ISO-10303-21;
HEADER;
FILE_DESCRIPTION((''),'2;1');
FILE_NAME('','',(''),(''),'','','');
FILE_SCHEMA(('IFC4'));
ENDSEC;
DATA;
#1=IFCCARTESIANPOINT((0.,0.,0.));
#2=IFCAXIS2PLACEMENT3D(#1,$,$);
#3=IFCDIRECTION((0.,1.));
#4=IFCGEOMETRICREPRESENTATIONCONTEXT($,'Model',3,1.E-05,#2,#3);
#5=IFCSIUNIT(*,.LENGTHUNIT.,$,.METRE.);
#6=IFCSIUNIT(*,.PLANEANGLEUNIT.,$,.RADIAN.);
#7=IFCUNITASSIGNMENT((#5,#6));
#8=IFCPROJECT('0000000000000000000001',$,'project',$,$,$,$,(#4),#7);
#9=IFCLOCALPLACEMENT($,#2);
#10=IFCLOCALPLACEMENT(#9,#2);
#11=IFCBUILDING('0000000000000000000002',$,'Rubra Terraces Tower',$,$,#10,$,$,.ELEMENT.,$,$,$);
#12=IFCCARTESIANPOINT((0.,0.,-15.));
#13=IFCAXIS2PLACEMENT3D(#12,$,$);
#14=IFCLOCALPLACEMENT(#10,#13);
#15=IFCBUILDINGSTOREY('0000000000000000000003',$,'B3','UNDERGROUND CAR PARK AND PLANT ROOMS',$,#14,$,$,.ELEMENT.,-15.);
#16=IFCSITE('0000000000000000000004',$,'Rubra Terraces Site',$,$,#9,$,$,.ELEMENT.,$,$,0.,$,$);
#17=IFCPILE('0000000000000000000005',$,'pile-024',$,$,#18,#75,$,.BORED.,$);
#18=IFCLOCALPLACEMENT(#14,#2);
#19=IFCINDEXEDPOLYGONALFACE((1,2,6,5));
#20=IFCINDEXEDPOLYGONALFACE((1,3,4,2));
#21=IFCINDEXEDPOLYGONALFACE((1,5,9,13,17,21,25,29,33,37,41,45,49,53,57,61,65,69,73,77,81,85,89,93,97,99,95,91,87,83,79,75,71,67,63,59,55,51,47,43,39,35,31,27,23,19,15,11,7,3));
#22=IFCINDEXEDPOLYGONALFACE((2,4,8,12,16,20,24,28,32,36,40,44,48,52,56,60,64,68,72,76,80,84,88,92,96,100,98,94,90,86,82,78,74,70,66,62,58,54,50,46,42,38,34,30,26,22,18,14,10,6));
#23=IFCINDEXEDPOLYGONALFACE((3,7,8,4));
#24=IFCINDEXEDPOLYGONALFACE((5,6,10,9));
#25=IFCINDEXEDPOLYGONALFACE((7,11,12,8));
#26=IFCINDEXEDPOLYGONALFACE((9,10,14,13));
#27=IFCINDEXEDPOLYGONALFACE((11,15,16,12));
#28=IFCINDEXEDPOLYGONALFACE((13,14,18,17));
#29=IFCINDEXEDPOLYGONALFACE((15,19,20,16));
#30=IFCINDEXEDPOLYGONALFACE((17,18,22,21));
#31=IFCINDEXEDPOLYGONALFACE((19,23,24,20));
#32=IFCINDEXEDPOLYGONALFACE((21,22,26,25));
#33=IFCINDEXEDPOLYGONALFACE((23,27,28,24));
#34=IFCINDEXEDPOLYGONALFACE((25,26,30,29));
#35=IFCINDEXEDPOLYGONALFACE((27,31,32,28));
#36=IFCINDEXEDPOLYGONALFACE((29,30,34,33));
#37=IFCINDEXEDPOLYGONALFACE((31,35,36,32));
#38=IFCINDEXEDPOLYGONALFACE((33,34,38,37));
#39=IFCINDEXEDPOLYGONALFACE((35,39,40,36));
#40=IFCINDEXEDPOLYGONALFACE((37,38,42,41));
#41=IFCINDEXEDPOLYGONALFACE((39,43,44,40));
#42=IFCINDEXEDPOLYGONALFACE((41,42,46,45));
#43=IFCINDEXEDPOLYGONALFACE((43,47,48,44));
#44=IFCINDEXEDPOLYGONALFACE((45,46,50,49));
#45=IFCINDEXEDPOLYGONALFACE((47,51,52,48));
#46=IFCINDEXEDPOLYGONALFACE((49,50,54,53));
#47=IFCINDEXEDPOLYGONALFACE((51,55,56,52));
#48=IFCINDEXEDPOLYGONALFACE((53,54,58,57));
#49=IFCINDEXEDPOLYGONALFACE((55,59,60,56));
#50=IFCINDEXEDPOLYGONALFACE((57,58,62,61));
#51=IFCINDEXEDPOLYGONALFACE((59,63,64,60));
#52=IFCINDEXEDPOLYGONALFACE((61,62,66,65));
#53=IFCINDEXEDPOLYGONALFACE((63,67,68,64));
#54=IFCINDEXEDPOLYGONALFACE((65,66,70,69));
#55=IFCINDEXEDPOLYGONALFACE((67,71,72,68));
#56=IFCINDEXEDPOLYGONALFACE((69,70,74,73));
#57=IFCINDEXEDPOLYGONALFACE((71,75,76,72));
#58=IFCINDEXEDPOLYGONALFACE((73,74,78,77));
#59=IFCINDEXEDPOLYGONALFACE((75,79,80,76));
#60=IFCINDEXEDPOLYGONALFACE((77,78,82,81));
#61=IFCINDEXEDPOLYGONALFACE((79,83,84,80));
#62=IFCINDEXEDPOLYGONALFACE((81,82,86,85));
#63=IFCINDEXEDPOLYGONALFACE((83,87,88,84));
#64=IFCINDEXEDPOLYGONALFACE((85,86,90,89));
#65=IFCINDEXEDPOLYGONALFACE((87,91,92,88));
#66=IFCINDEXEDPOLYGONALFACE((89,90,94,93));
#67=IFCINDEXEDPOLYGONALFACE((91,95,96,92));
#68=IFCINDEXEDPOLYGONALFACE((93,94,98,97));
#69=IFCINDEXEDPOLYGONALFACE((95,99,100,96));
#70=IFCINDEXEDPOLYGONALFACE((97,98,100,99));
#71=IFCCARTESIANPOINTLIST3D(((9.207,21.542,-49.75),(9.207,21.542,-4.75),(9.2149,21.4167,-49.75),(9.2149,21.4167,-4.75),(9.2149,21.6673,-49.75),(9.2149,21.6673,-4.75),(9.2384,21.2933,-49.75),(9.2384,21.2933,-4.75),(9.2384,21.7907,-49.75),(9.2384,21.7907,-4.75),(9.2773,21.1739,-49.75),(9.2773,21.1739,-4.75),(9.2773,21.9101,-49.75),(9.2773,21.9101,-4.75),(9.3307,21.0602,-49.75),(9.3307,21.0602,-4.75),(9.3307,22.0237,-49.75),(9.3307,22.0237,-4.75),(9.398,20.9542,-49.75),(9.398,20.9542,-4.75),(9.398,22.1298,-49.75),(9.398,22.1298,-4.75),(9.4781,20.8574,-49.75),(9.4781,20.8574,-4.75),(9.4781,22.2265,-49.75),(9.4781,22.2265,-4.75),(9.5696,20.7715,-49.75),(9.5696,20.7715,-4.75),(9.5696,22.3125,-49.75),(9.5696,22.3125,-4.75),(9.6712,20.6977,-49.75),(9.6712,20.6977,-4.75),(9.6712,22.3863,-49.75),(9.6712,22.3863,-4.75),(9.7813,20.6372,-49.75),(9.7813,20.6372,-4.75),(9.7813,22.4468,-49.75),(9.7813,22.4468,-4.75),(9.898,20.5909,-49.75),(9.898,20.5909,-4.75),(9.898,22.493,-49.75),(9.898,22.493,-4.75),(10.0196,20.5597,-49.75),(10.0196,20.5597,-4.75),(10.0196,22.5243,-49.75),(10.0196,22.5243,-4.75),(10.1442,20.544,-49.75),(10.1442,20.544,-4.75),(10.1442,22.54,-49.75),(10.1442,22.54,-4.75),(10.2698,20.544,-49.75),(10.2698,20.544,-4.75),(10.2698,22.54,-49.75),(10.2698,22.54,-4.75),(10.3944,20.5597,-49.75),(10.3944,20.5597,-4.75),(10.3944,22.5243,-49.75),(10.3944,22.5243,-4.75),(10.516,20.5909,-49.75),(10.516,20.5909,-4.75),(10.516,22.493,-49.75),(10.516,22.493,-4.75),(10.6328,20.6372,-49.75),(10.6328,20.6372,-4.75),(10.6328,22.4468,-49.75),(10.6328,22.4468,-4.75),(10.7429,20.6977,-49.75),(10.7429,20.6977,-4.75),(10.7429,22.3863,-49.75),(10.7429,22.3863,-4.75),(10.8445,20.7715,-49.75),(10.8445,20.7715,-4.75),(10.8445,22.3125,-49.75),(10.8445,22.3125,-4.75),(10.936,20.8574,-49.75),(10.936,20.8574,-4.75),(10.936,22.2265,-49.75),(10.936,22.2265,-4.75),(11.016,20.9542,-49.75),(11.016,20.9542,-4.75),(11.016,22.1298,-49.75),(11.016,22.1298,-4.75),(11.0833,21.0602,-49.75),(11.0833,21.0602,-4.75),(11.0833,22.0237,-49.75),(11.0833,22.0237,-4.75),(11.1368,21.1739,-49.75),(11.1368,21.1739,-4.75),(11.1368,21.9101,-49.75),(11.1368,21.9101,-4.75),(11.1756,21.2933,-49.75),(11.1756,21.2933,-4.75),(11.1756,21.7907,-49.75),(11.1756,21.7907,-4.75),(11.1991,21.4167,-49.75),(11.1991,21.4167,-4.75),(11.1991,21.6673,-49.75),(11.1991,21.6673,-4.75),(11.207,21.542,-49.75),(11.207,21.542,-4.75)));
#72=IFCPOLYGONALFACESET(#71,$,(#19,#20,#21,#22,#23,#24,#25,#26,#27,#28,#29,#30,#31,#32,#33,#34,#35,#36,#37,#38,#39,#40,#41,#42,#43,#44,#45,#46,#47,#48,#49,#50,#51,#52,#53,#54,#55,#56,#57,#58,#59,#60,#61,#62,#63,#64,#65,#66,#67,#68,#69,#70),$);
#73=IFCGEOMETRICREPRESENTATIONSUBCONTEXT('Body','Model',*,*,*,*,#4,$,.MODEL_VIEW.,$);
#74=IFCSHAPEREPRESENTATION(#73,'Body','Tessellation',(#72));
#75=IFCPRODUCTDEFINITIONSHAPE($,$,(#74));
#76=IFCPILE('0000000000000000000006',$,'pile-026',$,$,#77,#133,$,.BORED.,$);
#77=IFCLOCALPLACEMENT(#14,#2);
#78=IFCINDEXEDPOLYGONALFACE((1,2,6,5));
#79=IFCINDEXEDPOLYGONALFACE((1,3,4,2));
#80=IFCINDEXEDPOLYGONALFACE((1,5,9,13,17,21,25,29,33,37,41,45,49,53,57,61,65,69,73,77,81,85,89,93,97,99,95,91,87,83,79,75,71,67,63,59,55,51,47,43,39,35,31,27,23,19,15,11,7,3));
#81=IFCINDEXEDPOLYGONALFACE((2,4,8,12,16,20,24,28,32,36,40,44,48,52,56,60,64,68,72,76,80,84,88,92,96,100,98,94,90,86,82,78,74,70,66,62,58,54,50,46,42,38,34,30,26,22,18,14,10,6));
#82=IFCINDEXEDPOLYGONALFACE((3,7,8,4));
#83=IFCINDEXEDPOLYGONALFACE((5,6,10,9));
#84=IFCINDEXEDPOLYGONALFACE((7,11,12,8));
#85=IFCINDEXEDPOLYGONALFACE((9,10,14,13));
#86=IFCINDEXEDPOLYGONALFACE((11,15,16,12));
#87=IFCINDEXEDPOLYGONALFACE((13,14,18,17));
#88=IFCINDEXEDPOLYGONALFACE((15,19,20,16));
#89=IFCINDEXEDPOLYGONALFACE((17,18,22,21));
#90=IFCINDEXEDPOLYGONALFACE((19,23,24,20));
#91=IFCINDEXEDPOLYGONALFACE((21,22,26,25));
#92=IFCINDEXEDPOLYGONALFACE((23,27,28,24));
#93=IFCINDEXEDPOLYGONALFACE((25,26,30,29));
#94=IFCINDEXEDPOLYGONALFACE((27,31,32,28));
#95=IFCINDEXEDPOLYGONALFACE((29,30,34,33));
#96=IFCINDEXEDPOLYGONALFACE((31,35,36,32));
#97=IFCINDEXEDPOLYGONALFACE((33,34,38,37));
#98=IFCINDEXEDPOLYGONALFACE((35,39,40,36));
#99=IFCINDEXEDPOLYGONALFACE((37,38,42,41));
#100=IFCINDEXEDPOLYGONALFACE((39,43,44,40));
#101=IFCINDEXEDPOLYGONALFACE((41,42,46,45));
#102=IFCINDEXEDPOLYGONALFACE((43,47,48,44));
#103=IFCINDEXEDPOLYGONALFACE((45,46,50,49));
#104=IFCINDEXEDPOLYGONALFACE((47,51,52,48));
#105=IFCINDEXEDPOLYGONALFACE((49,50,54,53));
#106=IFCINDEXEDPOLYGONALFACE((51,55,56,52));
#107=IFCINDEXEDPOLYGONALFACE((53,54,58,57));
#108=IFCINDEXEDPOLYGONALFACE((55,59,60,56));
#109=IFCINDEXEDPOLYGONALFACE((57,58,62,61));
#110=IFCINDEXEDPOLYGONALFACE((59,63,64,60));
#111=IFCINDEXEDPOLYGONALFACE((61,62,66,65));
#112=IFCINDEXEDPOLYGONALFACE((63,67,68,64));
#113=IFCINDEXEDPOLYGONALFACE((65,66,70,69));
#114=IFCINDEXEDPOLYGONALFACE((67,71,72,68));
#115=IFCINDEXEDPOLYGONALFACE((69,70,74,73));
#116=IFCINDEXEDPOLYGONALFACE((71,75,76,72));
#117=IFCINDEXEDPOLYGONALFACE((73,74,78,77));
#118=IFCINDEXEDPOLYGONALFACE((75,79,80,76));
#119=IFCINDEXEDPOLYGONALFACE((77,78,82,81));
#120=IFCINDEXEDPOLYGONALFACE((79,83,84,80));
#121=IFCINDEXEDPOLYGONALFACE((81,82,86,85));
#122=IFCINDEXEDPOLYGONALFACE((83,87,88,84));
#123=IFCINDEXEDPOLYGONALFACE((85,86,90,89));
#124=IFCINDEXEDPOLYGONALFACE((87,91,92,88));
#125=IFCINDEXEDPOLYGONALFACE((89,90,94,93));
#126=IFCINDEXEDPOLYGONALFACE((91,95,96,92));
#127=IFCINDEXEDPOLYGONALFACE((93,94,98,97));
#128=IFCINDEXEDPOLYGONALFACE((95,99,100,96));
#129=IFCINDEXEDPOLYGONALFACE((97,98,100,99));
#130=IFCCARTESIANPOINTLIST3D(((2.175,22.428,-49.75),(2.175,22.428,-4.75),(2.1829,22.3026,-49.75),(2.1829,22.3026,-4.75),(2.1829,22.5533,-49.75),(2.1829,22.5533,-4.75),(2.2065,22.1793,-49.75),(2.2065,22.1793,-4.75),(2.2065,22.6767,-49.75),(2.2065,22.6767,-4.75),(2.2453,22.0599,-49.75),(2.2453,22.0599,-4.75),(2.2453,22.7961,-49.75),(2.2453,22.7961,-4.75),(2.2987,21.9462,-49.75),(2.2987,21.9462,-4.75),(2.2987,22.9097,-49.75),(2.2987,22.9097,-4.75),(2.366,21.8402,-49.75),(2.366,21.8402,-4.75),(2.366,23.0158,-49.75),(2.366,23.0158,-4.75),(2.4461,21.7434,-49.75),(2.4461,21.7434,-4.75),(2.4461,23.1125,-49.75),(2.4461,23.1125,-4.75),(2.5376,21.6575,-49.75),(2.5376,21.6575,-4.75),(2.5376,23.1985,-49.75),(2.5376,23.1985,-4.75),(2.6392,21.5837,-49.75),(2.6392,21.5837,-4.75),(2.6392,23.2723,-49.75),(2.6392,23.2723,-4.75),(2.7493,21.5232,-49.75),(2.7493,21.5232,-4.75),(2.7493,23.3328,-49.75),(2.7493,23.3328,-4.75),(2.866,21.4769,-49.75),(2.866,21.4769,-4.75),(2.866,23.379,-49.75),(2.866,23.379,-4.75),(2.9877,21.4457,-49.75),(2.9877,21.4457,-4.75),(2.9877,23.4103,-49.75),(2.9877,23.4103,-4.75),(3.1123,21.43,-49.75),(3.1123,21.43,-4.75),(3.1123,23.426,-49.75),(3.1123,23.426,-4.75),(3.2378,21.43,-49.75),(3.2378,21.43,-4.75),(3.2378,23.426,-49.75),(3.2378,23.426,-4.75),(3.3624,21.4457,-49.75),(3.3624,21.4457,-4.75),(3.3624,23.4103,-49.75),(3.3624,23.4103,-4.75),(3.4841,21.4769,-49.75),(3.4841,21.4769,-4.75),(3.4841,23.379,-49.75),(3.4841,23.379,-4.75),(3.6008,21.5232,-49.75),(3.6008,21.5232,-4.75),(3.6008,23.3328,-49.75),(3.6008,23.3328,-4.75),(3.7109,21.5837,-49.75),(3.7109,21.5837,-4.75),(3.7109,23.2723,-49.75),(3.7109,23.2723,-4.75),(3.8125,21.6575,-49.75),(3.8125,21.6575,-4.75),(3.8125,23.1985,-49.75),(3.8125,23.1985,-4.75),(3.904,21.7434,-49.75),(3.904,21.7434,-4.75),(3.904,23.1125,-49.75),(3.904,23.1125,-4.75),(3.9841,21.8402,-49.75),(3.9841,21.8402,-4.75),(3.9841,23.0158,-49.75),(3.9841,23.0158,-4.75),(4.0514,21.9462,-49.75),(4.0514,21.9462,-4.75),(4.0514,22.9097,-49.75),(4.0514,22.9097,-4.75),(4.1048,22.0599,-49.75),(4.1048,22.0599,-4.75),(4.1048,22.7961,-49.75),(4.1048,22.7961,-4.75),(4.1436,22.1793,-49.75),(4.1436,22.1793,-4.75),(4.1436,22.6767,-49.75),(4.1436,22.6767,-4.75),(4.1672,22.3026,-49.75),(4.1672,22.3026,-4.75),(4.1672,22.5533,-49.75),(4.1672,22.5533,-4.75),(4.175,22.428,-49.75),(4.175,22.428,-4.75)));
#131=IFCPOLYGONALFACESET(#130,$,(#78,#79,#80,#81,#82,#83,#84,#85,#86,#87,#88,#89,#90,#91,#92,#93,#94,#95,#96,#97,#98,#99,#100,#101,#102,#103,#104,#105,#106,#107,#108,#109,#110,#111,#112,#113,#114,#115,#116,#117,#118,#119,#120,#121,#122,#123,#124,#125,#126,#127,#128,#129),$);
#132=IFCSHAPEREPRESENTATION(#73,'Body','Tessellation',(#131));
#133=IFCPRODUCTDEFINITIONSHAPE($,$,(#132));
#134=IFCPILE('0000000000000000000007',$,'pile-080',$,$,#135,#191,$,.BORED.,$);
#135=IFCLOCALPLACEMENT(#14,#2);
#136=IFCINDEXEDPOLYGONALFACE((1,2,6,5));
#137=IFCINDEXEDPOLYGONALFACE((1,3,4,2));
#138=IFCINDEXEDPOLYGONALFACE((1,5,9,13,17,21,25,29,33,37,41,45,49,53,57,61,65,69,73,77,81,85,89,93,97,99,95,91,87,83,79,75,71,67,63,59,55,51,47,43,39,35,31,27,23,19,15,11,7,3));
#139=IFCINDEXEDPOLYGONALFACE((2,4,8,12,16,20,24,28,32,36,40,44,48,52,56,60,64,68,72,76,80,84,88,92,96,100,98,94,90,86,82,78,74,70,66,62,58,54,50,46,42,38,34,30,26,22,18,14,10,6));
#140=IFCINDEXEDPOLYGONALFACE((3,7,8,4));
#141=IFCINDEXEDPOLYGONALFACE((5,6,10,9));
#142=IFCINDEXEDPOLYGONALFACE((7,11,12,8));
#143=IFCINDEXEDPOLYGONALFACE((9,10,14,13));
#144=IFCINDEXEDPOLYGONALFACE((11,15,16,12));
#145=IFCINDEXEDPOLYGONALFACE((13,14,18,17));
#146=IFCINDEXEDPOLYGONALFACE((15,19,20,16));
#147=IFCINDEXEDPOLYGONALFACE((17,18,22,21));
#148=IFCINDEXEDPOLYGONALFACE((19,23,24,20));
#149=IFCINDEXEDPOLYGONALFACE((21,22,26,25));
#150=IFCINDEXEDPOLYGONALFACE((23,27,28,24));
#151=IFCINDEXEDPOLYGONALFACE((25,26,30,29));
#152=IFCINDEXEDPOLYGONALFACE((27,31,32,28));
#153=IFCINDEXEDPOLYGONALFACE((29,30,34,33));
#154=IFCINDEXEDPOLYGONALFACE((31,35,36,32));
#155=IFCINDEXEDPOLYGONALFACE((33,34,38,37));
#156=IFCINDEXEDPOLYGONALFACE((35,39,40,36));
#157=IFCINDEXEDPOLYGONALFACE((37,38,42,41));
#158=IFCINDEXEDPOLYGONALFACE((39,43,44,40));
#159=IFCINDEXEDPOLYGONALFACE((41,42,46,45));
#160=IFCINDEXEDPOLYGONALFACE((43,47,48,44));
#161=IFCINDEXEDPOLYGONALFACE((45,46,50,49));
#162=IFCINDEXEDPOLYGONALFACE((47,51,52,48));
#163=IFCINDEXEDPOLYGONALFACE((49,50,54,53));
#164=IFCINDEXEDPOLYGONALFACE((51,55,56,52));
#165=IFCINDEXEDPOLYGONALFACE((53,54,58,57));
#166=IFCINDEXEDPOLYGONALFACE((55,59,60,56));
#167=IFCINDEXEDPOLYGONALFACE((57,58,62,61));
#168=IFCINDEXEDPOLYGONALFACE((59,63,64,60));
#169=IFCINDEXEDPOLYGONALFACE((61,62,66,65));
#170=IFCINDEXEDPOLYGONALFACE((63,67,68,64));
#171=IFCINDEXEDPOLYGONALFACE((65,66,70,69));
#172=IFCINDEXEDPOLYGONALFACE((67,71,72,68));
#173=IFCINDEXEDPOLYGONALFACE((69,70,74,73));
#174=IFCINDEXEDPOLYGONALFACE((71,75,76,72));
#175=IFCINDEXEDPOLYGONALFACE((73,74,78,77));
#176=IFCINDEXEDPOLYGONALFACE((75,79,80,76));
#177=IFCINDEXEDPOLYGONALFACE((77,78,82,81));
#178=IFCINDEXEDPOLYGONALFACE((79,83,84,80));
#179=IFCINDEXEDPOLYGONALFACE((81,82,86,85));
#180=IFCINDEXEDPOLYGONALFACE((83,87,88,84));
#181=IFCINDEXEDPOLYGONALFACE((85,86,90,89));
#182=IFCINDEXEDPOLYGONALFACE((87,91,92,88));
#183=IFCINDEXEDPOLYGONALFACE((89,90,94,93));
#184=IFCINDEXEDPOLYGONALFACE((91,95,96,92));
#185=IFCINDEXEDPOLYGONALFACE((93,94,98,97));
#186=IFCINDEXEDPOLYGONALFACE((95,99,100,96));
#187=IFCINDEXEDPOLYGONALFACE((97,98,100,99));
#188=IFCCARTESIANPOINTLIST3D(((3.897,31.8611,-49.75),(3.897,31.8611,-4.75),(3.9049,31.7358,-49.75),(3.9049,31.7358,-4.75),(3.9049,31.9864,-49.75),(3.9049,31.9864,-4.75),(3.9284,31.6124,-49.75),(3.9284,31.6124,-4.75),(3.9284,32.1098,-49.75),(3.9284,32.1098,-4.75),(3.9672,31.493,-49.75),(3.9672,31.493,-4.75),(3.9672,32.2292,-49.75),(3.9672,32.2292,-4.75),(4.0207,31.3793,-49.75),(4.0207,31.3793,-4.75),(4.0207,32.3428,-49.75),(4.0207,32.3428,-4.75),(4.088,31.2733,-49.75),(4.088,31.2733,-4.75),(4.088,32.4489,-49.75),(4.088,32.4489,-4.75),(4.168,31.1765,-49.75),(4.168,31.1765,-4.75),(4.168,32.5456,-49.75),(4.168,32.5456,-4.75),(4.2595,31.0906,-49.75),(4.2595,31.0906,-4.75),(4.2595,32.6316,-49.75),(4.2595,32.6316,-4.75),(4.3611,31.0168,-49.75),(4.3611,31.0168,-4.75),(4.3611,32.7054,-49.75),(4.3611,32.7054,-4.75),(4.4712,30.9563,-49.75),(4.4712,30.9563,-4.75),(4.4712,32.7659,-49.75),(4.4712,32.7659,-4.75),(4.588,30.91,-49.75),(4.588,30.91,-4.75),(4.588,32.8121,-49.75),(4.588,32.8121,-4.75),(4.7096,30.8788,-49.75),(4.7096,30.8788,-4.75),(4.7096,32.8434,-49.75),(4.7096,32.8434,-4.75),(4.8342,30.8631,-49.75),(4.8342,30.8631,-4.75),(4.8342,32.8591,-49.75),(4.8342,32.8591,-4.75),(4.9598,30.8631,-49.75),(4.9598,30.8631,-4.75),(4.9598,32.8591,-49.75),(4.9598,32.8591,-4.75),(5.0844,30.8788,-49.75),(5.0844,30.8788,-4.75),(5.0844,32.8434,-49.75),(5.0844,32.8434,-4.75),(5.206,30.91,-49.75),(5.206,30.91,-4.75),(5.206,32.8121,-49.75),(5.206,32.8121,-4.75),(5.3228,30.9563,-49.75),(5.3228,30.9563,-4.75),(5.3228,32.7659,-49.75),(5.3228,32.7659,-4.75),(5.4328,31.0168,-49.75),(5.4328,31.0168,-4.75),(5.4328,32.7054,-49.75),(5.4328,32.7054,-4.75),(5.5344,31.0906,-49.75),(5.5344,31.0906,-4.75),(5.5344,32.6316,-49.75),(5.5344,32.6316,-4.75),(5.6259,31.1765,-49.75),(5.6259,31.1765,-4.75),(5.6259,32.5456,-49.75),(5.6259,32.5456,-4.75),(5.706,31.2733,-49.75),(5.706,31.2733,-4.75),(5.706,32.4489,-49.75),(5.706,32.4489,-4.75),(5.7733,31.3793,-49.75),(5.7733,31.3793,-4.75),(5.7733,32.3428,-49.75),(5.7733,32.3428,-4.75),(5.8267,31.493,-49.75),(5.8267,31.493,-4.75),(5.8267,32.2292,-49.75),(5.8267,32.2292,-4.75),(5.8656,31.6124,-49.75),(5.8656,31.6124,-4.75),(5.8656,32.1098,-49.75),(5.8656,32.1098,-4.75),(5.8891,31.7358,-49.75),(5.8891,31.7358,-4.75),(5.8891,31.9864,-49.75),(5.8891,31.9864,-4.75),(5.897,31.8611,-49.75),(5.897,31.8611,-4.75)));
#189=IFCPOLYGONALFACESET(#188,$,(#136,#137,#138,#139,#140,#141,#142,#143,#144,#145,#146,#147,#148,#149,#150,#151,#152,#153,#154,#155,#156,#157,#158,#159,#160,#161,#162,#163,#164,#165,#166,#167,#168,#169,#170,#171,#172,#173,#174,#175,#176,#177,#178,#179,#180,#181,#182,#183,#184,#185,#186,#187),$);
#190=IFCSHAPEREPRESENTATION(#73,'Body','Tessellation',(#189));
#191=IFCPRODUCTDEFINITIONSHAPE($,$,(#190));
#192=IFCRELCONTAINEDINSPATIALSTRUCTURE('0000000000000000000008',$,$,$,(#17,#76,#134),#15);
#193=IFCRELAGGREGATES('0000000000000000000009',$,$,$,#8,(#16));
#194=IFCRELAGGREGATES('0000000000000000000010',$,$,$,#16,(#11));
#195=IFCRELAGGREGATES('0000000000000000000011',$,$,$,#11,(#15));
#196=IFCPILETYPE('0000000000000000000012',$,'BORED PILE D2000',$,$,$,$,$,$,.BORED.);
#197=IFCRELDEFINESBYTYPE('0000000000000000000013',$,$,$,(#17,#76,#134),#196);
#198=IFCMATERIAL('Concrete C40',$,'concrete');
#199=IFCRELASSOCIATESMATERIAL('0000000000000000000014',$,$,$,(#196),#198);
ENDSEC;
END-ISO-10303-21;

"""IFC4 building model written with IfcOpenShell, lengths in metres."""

from ifc_helpers import new_model, si_unit, direction, frame, origin, origin_2d, place, context, subcontext, project, spatial, circle, extrude, material, material_profile, profile_set, type_object, element, save


model = new_model("IFC4")

# Units and contexts
model_context = context("Model", 3, precision=1e-05, world=origin(), true_north=direction((0.0, 1.0)))
body_context = subcontext(model_context, "Body", "Model", "MODEL_VIEW")
ifc_project = project(units=[si_unit("LENGTHUNIT", "METRE"), si_unit("PLANEANGLEUNIT", "RADIAN")], contexts=[model_context])

# Site, building, storey
site_placement = place(None, origin())
site = spatial("IfcSite", under=ifc_project, at=site_placement, Name="Rubra Terraces Site", CompositionType="ELEMENT", RefElevation=0.0)
building_placement = place(site_placement, origin())
building = spatial("IfcBuilding", under=site, at=building_placement, Name="Rubra Terraces Tower", CompositionType="ELEMENT")
storey_placement = place(building_placement, frame((0.0, 0.0, -15.0)))
storey = spatial("IfcBuildingStorey", under=building, at=storey_placement, Name="B3", Description="UNDERGROUND CAR PARK AND PLANT ROOMS", CompositionType="ELEMENT", Elevation=-15.0)

# Piles
ifc_material_1 = material(Name="Concrete C40", Category="concrete")
ifc_material_profile_1 = material_profile(ifc_material_1, circle(Radius=1.0, at=origin_2d()), Name="BORED PILE D2000")
ifc_profile_set_1 = profile_set([ifc_material_profile_1], Name="Concrete C40")
pile_type = type_object("IfcPileType", Name="BORED PILE D2000", PredefinedType="BORED", material=ifc_profile_set_1)
for number, where, z_axis, x_axis, name in (
    (1, (10.207, 21.542, -4.75), (0.0, 0.0, -1.0), (1.0, 0.0, 0.0), "pile-024"),
    (2, (3.175, 22.428, -4.75), (0.0, 0.0, -1.0), (1.0, 0.0, 0.0), "pile-026"),
    (3, (4.897, 31.8611, -4.75), (0.0, 0.0, -1.0), (1.0, 0.0, 0.0), "pile-080"),
):
    element("IfcPile", number, at=place(storey_placement, frame(where, z_axis=z_axis, x_axis=x_axis)), inside=storey, type_object=pile_type, Name=name, PredefinedType="BORED", context=body_context, shape_type="SweptSolid", body=[
        extrude(circle(Radius=1.0, at=origin_2d()), origin(), (0.0, 0.0, 1.0), 45.0),
    ])

save(model, "model.ifc")
